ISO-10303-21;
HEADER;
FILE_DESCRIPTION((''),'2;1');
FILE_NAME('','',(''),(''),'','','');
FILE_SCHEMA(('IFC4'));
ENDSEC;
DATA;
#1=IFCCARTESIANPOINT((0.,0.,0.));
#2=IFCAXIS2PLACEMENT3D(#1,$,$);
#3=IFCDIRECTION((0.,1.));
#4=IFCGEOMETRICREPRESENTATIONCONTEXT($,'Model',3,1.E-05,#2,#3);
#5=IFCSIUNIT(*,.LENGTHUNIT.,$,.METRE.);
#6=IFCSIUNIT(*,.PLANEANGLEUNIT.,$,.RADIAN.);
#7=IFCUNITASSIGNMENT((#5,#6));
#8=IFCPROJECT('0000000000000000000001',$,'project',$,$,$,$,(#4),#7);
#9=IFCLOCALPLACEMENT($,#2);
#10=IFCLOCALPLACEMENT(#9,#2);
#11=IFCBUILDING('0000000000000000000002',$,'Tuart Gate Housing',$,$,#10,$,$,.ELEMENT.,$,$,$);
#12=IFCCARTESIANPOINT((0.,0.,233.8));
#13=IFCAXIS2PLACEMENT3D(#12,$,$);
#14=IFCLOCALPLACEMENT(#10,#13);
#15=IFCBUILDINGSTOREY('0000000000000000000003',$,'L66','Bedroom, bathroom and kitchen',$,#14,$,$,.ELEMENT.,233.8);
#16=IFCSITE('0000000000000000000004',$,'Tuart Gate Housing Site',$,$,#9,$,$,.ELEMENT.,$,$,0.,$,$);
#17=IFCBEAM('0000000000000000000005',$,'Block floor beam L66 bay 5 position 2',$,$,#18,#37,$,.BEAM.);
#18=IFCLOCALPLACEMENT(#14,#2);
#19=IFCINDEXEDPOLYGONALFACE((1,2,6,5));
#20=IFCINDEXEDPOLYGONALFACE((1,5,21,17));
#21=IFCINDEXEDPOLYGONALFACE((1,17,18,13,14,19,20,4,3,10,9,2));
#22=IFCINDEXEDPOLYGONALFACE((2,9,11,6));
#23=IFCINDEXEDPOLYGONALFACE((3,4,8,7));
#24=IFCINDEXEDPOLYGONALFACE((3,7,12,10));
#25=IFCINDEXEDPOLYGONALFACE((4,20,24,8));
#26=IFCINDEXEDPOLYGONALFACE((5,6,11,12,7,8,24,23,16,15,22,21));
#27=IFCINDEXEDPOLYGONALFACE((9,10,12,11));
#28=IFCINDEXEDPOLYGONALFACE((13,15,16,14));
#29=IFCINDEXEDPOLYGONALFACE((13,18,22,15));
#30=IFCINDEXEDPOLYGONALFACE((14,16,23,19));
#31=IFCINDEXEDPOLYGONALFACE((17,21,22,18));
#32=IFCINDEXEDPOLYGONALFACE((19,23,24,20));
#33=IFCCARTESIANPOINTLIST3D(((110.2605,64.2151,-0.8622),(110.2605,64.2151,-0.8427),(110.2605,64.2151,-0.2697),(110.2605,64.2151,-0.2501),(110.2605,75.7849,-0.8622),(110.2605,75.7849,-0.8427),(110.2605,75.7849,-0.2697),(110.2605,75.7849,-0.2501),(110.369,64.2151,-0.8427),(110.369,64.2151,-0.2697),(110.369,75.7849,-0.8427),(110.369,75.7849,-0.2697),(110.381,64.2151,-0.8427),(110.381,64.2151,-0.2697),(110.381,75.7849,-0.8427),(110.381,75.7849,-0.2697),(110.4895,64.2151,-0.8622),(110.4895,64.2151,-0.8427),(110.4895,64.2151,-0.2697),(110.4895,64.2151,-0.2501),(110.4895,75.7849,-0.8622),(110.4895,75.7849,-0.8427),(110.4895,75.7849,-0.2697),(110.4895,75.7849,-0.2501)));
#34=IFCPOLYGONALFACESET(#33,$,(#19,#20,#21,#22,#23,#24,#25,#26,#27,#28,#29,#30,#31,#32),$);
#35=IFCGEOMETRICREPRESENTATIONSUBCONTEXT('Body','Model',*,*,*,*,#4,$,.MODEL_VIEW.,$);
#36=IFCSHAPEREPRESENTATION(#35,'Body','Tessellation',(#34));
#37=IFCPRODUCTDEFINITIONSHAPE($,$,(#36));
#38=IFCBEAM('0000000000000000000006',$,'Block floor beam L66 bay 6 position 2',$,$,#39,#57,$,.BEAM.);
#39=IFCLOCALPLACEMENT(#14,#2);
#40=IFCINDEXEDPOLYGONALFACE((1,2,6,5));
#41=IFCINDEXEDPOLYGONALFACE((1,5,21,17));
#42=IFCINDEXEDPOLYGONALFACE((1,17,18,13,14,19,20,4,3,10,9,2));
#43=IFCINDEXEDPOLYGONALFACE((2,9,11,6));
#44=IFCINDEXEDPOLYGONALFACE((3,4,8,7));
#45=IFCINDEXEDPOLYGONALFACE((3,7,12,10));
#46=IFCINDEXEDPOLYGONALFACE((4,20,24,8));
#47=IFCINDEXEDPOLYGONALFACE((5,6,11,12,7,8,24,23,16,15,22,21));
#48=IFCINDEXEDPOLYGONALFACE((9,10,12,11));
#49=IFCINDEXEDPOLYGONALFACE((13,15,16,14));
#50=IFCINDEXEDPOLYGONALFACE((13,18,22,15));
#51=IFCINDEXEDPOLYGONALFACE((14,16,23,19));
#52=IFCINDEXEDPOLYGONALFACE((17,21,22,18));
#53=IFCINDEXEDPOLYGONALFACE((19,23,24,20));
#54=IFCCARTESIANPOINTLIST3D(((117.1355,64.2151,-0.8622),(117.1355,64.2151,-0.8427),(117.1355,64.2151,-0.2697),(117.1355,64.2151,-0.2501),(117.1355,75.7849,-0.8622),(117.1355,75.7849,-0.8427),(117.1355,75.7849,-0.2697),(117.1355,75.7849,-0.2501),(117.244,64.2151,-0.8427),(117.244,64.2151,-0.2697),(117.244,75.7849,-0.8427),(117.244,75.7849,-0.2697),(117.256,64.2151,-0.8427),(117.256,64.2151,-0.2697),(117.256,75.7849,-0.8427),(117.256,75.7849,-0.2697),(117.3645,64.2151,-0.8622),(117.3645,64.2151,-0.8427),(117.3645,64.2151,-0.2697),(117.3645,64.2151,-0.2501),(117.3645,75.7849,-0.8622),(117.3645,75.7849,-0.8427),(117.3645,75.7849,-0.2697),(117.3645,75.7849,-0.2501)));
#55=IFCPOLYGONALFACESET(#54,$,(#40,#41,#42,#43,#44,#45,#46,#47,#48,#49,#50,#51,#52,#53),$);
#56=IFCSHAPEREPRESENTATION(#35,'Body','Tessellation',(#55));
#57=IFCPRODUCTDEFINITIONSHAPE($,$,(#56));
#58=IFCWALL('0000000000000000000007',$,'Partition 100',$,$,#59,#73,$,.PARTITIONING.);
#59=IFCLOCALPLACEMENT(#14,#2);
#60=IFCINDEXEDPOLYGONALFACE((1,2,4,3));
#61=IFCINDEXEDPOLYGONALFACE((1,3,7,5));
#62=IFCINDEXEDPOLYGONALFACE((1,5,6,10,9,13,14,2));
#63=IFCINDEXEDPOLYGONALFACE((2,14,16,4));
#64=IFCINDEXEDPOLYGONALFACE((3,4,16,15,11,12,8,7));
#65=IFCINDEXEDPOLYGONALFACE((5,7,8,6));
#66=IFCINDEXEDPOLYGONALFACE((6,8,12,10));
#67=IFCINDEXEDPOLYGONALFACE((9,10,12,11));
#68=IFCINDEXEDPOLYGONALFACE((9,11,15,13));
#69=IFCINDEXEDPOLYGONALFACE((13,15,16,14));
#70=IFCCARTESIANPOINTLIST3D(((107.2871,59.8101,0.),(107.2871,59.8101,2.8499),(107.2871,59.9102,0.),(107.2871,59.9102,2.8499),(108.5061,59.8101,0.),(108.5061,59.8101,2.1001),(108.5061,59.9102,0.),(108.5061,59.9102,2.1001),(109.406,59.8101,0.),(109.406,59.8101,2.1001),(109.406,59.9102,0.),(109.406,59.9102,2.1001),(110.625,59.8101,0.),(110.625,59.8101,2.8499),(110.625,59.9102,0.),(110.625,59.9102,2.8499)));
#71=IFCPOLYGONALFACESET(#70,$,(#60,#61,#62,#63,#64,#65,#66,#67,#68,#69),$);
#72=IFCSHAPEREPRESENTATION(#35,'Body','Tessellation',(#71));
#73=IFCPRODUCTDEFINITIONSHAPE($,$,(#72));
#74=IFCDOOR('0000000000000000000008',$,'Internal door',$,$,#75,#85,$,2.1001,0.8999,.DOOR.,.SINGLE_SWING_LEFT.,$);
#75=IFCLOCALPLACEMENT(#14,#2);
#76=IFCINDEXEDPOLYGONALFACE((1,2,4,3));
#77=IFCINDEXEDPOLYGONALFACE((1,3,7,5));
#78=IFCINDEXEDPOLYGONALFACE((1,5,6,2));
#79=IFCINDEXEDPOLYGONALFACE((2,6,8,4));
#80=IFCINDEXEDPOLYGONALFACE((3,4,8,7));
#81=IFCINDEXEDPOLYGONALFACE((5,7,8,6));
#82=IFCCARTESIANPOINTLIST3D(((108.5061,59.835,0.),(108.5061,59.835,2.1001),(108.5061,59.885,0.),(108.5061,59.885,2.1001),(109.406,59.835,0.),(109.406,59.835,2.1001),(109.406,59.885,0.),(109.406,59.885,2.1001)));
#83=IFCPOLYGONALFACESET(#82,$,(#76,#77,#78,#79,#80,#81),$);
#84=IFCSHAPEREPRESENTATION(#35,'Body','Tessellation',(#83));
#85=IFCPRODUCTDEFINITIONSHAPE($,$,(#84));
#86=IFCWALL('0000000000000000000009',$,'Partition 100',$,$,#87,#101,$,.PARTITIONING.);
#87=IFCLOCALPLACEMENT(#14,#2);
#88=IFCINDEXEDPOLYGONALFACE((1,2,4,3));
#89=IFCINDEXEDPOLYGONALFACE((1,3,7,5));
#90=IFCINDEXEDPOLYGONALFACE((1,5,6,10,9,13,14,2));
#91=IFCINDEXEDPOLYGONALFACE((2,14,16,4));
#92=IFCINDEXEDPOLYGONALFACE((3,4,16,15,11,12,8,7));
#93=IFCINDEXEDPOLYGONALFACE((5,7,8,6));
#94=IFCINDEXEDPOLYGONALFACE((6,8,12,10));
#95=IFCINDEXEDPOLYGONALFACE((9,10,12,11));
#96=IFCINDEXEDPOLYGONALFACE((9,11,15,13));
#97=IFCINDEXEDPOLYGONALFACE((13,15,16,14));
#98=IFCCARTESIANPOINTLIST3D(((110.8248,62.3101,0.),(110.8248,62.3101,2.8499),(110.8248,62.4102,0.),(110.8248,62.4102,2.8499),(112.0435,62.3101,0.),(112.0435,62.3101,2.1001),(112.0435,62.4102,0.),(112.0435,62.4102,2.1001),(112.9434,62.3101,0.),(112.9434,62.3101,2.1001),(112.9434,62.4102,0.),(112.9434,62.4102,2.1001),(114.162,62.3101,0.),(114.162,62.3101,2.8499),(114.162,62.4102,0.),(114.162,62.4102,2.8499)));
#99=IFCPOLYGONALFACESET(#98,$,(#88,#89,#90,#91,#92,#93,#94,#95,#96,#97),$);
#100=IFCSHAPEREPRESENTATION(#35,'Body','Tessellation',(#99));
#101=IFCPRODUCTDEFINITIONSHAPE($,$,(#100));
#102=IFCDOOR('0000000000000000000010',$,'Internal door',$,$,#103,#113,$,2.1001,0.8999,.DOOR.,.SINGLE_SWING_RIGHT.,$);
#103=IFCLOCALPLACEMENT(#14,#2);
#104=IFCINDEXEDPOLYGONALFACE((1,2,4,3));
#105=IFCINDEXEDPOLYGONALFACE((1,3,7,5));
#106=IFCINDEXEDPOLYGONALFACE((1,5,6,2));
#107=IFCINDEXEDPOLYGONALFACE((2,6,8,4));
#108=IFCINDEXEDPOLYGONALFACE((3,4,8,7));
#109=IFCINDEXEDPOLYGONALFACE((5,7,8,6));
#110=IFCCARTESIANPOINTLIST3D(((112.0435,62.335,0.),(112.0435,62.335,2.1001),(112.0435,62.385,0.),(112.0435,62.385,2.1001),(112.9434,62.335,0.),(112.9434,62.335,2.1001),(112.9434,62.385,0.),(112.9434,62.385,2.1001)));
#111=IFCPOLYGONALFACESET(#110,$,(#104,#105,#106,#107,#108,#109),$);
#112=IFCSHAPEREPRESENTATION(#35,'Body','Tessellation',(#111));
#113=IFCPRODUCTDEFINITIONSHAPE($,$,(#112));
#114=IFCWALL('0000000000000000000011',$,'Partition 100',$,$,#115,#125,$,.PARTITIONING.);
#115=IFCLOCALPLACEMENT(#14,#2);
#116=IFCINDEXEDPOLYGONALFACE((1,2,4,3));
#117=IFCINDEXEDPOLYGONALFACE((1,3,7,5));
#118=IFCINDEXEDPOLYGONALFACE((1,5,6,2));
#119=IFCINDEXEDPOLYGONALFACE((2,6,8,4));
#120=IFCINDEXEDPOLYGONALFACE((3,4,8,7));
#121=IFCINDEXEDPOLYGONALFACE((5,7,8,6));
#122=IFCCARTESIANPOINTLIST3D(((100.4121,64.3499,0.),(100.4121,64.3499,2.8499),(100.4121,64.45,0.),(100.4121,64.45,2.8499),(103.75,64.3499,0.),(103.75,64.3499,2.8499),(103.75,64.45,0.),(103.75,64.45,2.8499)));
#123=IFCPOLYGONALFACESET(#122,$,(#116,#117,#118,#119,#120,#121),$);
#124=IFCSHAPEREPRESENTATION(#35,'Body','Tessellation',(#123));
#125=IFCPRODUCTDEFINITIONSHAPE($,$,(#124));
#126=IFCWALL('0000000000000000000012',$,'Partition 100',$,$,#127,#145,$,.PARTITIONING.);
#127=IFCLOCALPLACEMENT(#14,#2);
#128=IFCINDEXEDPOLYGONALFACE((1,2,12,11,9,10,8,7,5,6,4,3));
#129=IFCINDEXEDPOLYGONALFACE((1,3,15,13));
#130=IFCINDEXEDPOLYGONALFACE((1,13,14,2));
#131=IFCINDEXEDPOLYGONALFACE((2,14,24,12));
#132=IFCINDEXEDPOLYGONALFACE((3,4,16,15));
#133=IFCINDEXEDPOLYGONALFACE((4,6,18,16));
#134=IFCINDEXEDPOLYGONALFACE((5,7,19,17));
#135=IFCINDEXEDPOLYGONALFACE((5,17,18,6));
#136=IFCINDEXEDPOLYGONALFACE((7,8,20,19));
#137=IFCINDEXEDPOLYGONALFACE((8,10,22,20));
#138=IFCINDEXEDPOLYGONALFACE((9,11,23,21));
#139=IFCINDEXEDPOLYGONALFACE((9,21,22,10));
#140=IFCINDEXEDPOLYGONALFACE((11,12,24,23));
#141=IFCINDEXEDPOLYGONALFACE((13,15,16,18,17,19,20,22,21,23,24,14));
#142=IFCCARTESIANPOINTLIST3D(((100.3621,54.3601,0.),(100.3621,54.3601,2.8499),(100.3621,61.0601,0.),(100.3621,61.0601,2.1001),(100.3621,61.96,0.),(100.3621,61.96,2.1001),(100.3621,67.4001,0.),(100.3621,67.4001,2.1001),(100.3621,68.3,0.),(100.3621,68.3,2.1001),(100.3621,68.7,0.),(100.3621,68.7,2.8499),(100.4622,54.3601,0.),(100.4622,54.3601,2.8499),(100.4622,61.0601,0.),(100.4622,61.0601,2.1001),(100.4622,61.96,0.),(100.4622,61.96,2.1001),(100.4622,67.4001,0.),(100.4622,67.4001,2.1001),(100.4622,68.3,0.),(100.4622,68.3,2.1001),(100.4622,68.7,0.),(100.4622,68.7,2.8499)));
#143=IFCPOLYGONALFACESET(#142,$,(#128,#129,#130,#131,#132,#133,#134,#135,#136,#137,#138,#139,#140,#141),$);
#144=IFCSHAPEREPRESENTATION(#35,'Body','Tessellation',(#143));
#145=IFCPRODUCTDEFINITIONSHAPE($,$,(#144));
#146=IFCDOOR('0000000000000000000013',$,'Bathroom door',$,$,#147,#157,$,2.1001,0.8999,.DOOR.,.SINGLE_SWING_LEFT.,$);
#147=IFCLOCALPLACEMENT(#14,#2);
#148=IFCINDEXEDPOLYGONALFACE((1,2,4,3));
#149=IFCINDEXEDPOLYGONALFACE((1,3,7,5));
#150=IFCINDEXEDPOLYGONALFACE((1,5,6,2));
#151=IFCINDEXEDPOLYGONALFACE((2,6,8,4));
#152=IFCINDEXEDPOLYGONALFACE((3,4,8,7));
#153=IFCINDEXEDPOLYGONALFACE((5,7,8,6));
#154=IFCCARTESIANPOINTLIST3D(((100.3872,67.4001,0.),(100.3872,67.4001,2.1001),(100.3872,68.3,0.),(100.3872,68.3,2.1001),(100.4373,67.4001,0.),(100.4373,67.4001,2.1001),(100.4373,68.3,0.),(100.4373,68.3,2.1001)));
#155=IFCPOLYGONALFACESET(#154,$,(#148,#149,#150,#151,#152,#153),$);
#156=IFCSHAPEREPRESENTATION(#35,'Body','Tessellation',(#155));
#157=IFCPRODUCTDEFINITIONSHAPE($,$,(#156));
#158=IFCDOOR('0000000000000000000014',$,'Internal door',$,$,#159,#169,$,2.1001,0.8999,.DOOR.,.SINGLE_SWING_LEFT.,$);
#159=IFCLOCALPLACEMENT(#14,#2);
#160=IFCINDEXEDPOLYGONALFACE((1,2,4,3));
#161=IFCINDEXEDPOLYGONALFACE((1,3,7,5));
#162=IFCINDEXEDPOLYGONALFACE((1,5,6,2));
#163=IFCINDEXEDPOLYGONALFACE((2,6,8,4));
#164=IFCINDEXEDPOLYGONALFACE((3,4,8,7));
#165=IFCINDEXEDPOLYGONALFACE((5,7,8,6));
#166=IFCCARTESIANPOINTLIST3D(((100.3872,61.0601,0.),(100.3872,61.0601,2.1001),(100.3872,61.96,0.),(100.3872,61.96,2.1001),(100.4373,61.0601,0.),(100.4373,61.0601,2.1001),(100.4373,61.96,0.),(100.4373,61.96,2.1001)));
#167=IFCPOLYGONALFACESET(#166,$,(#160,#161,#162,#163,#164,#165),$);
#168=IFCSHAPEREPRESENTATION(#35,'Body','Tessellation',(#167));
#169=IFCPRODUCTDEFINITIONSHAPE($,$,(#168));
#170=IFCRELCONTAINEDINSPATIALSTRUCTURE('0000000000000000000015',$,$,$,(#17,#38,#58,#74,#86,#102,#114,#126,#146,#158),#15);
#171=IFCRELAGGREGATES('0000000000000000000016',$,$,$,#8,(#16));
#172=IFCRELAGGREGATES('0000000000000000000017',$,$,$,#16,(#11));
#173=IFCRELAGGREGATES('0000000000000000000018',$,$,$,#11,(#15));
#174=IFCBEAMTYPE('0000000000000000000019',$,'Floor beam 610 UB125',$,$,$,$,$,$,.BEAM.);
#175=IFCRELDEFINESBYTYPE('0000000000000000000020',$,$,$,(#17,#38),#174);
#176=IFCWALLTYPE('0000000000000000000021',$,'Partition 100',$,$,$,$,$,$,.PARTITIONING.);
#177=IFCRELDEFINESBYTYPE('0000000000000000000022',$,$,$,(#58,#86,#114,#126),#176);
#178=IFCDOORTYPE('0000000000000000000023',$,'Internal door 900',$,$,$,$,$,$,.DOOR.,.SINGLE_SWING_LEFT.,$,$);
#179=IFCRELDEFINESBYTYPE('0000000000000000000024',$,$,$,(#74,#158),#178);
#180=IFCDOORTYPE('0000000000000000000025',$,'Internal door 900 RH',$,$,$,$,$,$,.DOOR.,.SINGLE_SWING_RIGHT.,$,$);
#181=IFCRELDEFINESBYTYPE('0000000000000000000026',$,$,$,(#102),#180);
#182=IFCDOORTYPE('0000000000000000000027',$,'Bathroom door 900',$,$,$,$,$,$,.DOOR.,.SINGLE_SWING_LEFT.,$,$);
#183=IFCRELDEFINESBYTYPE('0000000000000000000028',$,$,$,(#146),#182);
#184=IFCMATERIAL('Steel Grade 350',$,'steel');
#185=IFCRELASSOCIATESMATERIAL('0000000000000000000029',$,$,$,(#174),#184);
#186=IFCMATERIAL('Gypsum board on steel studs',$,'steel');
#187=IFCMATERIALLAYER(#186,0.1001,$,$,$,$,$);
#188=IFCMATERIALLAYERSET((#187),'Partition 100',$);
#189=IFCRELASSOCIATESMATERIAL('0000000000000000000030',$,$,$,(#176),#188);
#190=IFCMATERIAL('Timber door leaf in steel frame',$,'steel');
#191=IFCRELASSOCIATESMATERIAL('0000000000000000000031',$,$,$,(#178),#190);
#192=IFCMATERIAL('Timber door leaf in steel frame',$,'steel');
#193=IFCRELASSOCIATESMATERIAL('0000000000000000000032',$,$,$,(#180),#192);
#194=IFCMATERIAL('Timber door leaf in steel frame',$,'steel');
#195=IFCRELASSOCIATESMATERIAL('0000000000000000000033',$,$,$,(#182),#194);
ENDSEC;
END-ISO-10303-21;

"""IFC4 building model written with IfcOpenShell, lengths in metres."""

from ifc_helpers import new_model, si_unit, direction, frame, frame_2d, origin, origin_2d, place, context, subcontext, project, spatial, rectangle, i_section, extrude, material, layer, layer_set, material_profile, profile_set, type_object, element, fill, save


model = new_model("IFC4")

# Units and contexts
model_context = context("Model", 3, precision=1e-05, world=origin(), true_north=direction((0.0, 1.0)))
body_context = subcontext(model_context, "Body", "Model", "MODEL_VIEW")
ifc_project = project(units=[si_unit("LENGTHUNIT", "METRE"), si_unit("PLANEANGLEUNIT", "RADIAN")], contexts=[model_context])

# Site, building, storey
site_placement = place(None, origin())
site = spatial("IfcSite", under=ifc_project, at=site_placement, Name="Tuart Gate Housing Site", CompositionType="ELEMENT", RefElevation=0.0)
building_placement = place(site_placement, origin())
building = spatial("IfcBuilding", under=site, at=building_placement, Name="Tuart Gate Housing", CompositionType="ELEMENT")
storey_placement = place(building_placement, frame((0.0, 0.0, 233.8)))
storey = spatial("IfcBuildingStorey", under=building, at=storey_placement, Name="L66", Description="Bedroom, bathroom and kitchen", CompositionType="ELEMENT", Elevation=233.8)

# Beams
ifc_material_1 = material(Name="Steel Grade 350", Category="steel")
ifc_material_profile_1 = material_profile(ifc_material_1, i_section(OverallWidth=0.229, OverallDepth=0.6121, WebThickness=0.012, FlangeThickness=0.0195, at=origin_2d()), Name="610UB125")
ifc_profile_set_1 = profile_set([ifc_material_profile_1], Name="Steel Grade 350")
beam_type_1 = type_object("IfcBeamType", Name="Floor beam 610 UB125", PredefinedType="BEAM", material=ifc_profile_set_1)
for number, where, z_axis, x_axis, name in (
    (1, (110.375, 64.2151, -0.5562), (0.0, 1.0, 0.0), (-1.0, 0.0, 0.0), "Block floor beam L66 bay 5 position 2"),
    (2, (117.25, 64.2151, -0.5562), (0.0, 1.0, 0.0), (-1.0, 0.0, 0.0), "Block floor beam L66 bay 6 position 2"),
):
    element("IfcBeam", number, at=place(storey_placement, frame(where, z_axis=z_axis, x_axis=x_axis)), inside=storey, type_object=beam_type_1, Name=name, PredefinedType="BEAM", context=body_context, shape_type="SweptSolid", body=[
        extrude(i_section(OverallWidth=0.229, OverallDepth=0.6121, WebThickness=0.012, FlangeThickness=0.0195, at=origin_2d()), origin(), (0.0, 0.0, 1.0), 11.5698),
    ])

# Walls, openings, doors
ifc_material_2 = material(Name="Gypsum board on steel studs", Category="steel")
ifc_layer_1 = layer(ifc_material_2, 0.1001)
ifc_layer_set_1 = layer_set([ifc_layer_1], Name="Partition 100")
wall_type_1 = type_object("IfcWallType", Name="Partition 100", PredefinedType="PARTITIONING", material=ifc_layer_set_1)
wall_1_placement = place(storey_placement, frame((107.2871, 59.8601, 0.0), z_axis=(0.0, 0.0, 1.0), x_axis=(1.0, 0.0, 0.0)))
wall_1 = element("IfcWall", 3, at=wall_1_placement, inside=storey, type_object=wall_type_1, Name="Partition 100", PredefinedType="PARTITIONING", context=body_context, shape_type="SweptSolid", body=[
    extrude(rectangle(XDim=3.3379, YDim=0.1001, at=frame_2d((1.6689, 0.0))), origin(), (0.0, 0.0, 1.0), 2.8499),
])
opening_1_placement = place(wall_1_placement, frame((1.219, 0.0, 0.0)))
opening_1 = element("IfcOpeningElement", 4, at=opening_1_placement, cuts=wall_1, PredefinedType="OPENING", context=body_context, shape_type="SweptSolid", body=[
    extrude(rectangle(XDim=0.8999, YDim=2.1001, at=frame_2d((0.45, 1.05))), frame((0.0, 0.0601, 0.0), z_axis=(0.0, -1.0, 0.0), x_axis=(1.0, 0.0, 0.0)), (0.0, 0.0, 1.0), 0.1201),
])
ifc_material_3 = material(Name="Timber door leaf in steel frame", Category="steel")
door_type_1 = type_object("IfcDoorType", Name="Internal door 900", OperationType="SINGLE_SWING_LEFT", PredefinedType="DOOR", material=ifc_material_3)
door_1_placement = place(opening_1_placement, origin())
door_1 = element("IfcDoor", 5, at=door_1_placement, inside=storey, type_object=door_type_1, Name="Internal door", OperationType="SINGLE_SWING_LEFT", OverallHeight=2.1001, OverallWidth=0.8999, PredefinedType="DOOR", context=body_context, shape_type="SweptSolid", body=[
    extrude(rectangle(XDim=0.8999, YDim=2.1001, at=frame_2d((0.45, 1.05))), frame((0.0, 0.0249, 0.0), z_axis=(0.0, -1.0, 0.0), x_axis=(1.0, 0.0, 0.0)), (0.0, 0.0, 1.0), 0.05),
])
fill(opening_1, door_1)
wall_2_placement = place(storey_placement, frame((110.825, 62.3601, 0.0), z_axis=(0.0, 0.0, 1.0), x_axis=(1.0, 0.0, 0.0)))
wall_2 = element("IfcWall", 6, at=wall_2_placement, inside=storey, type_object=wall_type_1, Name="Partition 100", PredefinedType="PARTITIONING", context=body_context, shape_type="SweptSolid", body=[
    extrude(rectangle(XDim=3.3372, YDim=0.1001, at=frame_2d((1.6685, 0.0))), origin(), (0.0, 0.0, 1.0), 2.8499),
])
opening_2_placement = place(wall_2_placement, frame((1.2185, 0.0, 0.0)))
opening_2 = element("IfcOpeningElement", 7, at=opening_2_placement, cuts=wall_2, PredefinedType="OPENING", context=body_context, shape_type="SweptSolid", body=[
    extrude(rectangle(XDim=0.8999, YDim=2.1001, at=frame_2d((0.45, 1.05))), frame((0.0, 0.0601, 0.0), z_axis=(0.0, -1.0, 0.0), x_axis=(1.0, 0.0, 0.0)), (0.0, 0.0, 1.0), 0.1201),
])
ifc_material_4 = material(Name="Timber door leaf in steel frame", Category="steel")
door_type_2 = type_object("IfcDoorType", Name="Internal door 900 RH", OperationType="SINGLE_SWING_RIGHT", PredefinedType="DOOR", material=ifc_material_4)
door_2_placement = place(opening_2_placement, origin())
door_2 = element("IfcDoor", 8, at=door_2_placement, inside=storey, type_object=door_type_2, Name="Internal door", OperationType="SINGLE_SWING_RIGHT", OverallHeight=2.1001, OverallWidth=0.8999, PredefinedType="DOOR", context=body_context, shape_type="SweptSolid", body=[
    extrude(rectangle(XDim=0.8999, YDim=2.1001, at=frame_2d((0.45, 1.05))), frame((0.0, 0.0249, 0.0), z_axis=(0.0, -1.0, 0.0), x_axis=(1.0, 0.0, 0.0)), (0.0, 0.0, 1.0), 0.05),
])
fill(opening_2, door_2)

# Wall
wall_3_placement = place(storey_placement, frame((100.4121, 64.3999, 0.0), z_axis=(0.0, 0.0, 1.0), x_axis=(1.0, 0.0, 0.0)))
element("IfcWall", 9, at=wall_3_placement, inside=storey, type_object=wall_type_1, Name="Partition 100", PredefinedType="PARTITIONING", context=body_context, shape_type="SweptSolid", body=[
    extrude(rectangle(XDim=3.3379, YDim=0.1001, at=frame_2d((1.6689, 0.0))), origin(), (0.0, 0.0, 1.0), 2.8499),
])

# Wall, openings, doors
wall_4_placement = place(storey_placement, frame((100.4121, 54.3601, 0.0), z_axis=(0.0, 0.0, 1.0), x_axis=(0.0, 1.0, 0.0)))
wall_4 = element("IfcWall", 10, at=wall_4_placement, inside=storey, type_object=wall_type_1, Name="Partition 100", PredefinedType="PARTITIONING", context=body_context, shape_type="SweptSolid", body=[
    extrude(rectangle(XDim=14.3398, YDim=0.1001, at=frame_2d((7.1699, 0.0))), origin(), (0.0, 0.0, 1.0), 2.8499),
])
opening_3_placement = place(wall_4_placement, frame((6.7, 0.0, 0.0)))
opening_3 = element("IfcOpeningElement", 11, at=opening_3_placement, cuts=wall_4, PredefinedType="OPENING", context=body_context, shape_type="SweptSolid", body=[
    extrude(rectangle(XDim=0.8999, YDim=2.1001, at=frame_2d((0.45, 1.05))), frame((0.0, 0.0601, 0.0), z_axis=(0.0, -1.0, 0.0), x_axis=(1.0, 0.0, 0.0)), (0.0, 0.0, 1.0), 0.1201),
])
opening_4_placement = place(wall_4_placement, frame((13.04, 0.0, 0.0)))
opening_4 = element("IfcOpeningElement", 12, at=opening_4_placement, cuts=wall_4, PredefinedType="OPENING", context=body_context, shape_type="SweptSolid", body=[
    extrude(rectangle(XDim=0.8999, YDim=2.1001, at=frame_2d((0.45, 1.05))), frame((0.0, 0.0601, 0.0), z_axis=(0.0, -1.0, 0.0), x_axis=(1.0, 0.0, 0.0)), (0.0, 0.0, 1.0), 0.1201),
])
ifc_material_5 = material(Name="Timber door leaf in steel frame", Category="steel")
door_type_3 = type_object("IfcDoorType", Name="Bathroom door 900", OperationType="SINGLE_SWING_LEFT", PredefinedType="DOOR", material=ifc_material_5)
door_3_placement = place(opening_4_placement, frame((0.8999, 0.0, 0.0), z_axis=(0.0, 0.0, 1.0), x_axis=(-1.0, 0.0, 0.0)))
door_3 = element("IfcDoor", 13, at=door_3_placement, inside=storey, type_object=door_type_3, Name="Bathroom door", OperationType="SINGLE_SWING_LEFT", OverallHeight=2.1001, OverallWidth=0.8999, PredefinedType="DOOR", context=body_context, shape_type="SweptSolid", body=[
    extrude(rectangle(XDim=0.8999, YDim=2.1001, at=frame_2d((0.45, 1.05))), frame((0.0, 0.0251, 0.0), z_axis=(0.0, -1.0, 0.0), x_axis=(1.0, 0.0, 0.0)), (0.0, 0.0, 1.0), 0.05),
])
fill(opening_4, door_3)
door_4_placement = place(opening_3_placement, frame((0.8999, 0.0, 0.0), z_axis=(0.0, 0.0, 1.0), x_axis=(-1.0, 0.0, 0.0)))
door_4 = element("IfcDoor", 14, at=door_4_placement, inside=storey, type_object=door_type_1, Name="Internal door", OperationType="SINGLE_SWING_LEFT", OverallHeight=2.1001, OverallWidth=0.8999, PredefinedType="DOOR", context=body_context, shape_type="SweptSolid", body=[
    extrude(rectangle(XDim=0.8999, YDim=2.1001, at=frame_2d((0.45, 1.05))), frame((0.0, 0.0251, 0.0), z_axis=(0.0, -1.0, 0.0), x_axis=(1.0, 0.0, 0.0)), (0.0, 0.0, 1.0), 0.05),
])
fill(opening_3, door_4)

save(model, "model.ifc")
